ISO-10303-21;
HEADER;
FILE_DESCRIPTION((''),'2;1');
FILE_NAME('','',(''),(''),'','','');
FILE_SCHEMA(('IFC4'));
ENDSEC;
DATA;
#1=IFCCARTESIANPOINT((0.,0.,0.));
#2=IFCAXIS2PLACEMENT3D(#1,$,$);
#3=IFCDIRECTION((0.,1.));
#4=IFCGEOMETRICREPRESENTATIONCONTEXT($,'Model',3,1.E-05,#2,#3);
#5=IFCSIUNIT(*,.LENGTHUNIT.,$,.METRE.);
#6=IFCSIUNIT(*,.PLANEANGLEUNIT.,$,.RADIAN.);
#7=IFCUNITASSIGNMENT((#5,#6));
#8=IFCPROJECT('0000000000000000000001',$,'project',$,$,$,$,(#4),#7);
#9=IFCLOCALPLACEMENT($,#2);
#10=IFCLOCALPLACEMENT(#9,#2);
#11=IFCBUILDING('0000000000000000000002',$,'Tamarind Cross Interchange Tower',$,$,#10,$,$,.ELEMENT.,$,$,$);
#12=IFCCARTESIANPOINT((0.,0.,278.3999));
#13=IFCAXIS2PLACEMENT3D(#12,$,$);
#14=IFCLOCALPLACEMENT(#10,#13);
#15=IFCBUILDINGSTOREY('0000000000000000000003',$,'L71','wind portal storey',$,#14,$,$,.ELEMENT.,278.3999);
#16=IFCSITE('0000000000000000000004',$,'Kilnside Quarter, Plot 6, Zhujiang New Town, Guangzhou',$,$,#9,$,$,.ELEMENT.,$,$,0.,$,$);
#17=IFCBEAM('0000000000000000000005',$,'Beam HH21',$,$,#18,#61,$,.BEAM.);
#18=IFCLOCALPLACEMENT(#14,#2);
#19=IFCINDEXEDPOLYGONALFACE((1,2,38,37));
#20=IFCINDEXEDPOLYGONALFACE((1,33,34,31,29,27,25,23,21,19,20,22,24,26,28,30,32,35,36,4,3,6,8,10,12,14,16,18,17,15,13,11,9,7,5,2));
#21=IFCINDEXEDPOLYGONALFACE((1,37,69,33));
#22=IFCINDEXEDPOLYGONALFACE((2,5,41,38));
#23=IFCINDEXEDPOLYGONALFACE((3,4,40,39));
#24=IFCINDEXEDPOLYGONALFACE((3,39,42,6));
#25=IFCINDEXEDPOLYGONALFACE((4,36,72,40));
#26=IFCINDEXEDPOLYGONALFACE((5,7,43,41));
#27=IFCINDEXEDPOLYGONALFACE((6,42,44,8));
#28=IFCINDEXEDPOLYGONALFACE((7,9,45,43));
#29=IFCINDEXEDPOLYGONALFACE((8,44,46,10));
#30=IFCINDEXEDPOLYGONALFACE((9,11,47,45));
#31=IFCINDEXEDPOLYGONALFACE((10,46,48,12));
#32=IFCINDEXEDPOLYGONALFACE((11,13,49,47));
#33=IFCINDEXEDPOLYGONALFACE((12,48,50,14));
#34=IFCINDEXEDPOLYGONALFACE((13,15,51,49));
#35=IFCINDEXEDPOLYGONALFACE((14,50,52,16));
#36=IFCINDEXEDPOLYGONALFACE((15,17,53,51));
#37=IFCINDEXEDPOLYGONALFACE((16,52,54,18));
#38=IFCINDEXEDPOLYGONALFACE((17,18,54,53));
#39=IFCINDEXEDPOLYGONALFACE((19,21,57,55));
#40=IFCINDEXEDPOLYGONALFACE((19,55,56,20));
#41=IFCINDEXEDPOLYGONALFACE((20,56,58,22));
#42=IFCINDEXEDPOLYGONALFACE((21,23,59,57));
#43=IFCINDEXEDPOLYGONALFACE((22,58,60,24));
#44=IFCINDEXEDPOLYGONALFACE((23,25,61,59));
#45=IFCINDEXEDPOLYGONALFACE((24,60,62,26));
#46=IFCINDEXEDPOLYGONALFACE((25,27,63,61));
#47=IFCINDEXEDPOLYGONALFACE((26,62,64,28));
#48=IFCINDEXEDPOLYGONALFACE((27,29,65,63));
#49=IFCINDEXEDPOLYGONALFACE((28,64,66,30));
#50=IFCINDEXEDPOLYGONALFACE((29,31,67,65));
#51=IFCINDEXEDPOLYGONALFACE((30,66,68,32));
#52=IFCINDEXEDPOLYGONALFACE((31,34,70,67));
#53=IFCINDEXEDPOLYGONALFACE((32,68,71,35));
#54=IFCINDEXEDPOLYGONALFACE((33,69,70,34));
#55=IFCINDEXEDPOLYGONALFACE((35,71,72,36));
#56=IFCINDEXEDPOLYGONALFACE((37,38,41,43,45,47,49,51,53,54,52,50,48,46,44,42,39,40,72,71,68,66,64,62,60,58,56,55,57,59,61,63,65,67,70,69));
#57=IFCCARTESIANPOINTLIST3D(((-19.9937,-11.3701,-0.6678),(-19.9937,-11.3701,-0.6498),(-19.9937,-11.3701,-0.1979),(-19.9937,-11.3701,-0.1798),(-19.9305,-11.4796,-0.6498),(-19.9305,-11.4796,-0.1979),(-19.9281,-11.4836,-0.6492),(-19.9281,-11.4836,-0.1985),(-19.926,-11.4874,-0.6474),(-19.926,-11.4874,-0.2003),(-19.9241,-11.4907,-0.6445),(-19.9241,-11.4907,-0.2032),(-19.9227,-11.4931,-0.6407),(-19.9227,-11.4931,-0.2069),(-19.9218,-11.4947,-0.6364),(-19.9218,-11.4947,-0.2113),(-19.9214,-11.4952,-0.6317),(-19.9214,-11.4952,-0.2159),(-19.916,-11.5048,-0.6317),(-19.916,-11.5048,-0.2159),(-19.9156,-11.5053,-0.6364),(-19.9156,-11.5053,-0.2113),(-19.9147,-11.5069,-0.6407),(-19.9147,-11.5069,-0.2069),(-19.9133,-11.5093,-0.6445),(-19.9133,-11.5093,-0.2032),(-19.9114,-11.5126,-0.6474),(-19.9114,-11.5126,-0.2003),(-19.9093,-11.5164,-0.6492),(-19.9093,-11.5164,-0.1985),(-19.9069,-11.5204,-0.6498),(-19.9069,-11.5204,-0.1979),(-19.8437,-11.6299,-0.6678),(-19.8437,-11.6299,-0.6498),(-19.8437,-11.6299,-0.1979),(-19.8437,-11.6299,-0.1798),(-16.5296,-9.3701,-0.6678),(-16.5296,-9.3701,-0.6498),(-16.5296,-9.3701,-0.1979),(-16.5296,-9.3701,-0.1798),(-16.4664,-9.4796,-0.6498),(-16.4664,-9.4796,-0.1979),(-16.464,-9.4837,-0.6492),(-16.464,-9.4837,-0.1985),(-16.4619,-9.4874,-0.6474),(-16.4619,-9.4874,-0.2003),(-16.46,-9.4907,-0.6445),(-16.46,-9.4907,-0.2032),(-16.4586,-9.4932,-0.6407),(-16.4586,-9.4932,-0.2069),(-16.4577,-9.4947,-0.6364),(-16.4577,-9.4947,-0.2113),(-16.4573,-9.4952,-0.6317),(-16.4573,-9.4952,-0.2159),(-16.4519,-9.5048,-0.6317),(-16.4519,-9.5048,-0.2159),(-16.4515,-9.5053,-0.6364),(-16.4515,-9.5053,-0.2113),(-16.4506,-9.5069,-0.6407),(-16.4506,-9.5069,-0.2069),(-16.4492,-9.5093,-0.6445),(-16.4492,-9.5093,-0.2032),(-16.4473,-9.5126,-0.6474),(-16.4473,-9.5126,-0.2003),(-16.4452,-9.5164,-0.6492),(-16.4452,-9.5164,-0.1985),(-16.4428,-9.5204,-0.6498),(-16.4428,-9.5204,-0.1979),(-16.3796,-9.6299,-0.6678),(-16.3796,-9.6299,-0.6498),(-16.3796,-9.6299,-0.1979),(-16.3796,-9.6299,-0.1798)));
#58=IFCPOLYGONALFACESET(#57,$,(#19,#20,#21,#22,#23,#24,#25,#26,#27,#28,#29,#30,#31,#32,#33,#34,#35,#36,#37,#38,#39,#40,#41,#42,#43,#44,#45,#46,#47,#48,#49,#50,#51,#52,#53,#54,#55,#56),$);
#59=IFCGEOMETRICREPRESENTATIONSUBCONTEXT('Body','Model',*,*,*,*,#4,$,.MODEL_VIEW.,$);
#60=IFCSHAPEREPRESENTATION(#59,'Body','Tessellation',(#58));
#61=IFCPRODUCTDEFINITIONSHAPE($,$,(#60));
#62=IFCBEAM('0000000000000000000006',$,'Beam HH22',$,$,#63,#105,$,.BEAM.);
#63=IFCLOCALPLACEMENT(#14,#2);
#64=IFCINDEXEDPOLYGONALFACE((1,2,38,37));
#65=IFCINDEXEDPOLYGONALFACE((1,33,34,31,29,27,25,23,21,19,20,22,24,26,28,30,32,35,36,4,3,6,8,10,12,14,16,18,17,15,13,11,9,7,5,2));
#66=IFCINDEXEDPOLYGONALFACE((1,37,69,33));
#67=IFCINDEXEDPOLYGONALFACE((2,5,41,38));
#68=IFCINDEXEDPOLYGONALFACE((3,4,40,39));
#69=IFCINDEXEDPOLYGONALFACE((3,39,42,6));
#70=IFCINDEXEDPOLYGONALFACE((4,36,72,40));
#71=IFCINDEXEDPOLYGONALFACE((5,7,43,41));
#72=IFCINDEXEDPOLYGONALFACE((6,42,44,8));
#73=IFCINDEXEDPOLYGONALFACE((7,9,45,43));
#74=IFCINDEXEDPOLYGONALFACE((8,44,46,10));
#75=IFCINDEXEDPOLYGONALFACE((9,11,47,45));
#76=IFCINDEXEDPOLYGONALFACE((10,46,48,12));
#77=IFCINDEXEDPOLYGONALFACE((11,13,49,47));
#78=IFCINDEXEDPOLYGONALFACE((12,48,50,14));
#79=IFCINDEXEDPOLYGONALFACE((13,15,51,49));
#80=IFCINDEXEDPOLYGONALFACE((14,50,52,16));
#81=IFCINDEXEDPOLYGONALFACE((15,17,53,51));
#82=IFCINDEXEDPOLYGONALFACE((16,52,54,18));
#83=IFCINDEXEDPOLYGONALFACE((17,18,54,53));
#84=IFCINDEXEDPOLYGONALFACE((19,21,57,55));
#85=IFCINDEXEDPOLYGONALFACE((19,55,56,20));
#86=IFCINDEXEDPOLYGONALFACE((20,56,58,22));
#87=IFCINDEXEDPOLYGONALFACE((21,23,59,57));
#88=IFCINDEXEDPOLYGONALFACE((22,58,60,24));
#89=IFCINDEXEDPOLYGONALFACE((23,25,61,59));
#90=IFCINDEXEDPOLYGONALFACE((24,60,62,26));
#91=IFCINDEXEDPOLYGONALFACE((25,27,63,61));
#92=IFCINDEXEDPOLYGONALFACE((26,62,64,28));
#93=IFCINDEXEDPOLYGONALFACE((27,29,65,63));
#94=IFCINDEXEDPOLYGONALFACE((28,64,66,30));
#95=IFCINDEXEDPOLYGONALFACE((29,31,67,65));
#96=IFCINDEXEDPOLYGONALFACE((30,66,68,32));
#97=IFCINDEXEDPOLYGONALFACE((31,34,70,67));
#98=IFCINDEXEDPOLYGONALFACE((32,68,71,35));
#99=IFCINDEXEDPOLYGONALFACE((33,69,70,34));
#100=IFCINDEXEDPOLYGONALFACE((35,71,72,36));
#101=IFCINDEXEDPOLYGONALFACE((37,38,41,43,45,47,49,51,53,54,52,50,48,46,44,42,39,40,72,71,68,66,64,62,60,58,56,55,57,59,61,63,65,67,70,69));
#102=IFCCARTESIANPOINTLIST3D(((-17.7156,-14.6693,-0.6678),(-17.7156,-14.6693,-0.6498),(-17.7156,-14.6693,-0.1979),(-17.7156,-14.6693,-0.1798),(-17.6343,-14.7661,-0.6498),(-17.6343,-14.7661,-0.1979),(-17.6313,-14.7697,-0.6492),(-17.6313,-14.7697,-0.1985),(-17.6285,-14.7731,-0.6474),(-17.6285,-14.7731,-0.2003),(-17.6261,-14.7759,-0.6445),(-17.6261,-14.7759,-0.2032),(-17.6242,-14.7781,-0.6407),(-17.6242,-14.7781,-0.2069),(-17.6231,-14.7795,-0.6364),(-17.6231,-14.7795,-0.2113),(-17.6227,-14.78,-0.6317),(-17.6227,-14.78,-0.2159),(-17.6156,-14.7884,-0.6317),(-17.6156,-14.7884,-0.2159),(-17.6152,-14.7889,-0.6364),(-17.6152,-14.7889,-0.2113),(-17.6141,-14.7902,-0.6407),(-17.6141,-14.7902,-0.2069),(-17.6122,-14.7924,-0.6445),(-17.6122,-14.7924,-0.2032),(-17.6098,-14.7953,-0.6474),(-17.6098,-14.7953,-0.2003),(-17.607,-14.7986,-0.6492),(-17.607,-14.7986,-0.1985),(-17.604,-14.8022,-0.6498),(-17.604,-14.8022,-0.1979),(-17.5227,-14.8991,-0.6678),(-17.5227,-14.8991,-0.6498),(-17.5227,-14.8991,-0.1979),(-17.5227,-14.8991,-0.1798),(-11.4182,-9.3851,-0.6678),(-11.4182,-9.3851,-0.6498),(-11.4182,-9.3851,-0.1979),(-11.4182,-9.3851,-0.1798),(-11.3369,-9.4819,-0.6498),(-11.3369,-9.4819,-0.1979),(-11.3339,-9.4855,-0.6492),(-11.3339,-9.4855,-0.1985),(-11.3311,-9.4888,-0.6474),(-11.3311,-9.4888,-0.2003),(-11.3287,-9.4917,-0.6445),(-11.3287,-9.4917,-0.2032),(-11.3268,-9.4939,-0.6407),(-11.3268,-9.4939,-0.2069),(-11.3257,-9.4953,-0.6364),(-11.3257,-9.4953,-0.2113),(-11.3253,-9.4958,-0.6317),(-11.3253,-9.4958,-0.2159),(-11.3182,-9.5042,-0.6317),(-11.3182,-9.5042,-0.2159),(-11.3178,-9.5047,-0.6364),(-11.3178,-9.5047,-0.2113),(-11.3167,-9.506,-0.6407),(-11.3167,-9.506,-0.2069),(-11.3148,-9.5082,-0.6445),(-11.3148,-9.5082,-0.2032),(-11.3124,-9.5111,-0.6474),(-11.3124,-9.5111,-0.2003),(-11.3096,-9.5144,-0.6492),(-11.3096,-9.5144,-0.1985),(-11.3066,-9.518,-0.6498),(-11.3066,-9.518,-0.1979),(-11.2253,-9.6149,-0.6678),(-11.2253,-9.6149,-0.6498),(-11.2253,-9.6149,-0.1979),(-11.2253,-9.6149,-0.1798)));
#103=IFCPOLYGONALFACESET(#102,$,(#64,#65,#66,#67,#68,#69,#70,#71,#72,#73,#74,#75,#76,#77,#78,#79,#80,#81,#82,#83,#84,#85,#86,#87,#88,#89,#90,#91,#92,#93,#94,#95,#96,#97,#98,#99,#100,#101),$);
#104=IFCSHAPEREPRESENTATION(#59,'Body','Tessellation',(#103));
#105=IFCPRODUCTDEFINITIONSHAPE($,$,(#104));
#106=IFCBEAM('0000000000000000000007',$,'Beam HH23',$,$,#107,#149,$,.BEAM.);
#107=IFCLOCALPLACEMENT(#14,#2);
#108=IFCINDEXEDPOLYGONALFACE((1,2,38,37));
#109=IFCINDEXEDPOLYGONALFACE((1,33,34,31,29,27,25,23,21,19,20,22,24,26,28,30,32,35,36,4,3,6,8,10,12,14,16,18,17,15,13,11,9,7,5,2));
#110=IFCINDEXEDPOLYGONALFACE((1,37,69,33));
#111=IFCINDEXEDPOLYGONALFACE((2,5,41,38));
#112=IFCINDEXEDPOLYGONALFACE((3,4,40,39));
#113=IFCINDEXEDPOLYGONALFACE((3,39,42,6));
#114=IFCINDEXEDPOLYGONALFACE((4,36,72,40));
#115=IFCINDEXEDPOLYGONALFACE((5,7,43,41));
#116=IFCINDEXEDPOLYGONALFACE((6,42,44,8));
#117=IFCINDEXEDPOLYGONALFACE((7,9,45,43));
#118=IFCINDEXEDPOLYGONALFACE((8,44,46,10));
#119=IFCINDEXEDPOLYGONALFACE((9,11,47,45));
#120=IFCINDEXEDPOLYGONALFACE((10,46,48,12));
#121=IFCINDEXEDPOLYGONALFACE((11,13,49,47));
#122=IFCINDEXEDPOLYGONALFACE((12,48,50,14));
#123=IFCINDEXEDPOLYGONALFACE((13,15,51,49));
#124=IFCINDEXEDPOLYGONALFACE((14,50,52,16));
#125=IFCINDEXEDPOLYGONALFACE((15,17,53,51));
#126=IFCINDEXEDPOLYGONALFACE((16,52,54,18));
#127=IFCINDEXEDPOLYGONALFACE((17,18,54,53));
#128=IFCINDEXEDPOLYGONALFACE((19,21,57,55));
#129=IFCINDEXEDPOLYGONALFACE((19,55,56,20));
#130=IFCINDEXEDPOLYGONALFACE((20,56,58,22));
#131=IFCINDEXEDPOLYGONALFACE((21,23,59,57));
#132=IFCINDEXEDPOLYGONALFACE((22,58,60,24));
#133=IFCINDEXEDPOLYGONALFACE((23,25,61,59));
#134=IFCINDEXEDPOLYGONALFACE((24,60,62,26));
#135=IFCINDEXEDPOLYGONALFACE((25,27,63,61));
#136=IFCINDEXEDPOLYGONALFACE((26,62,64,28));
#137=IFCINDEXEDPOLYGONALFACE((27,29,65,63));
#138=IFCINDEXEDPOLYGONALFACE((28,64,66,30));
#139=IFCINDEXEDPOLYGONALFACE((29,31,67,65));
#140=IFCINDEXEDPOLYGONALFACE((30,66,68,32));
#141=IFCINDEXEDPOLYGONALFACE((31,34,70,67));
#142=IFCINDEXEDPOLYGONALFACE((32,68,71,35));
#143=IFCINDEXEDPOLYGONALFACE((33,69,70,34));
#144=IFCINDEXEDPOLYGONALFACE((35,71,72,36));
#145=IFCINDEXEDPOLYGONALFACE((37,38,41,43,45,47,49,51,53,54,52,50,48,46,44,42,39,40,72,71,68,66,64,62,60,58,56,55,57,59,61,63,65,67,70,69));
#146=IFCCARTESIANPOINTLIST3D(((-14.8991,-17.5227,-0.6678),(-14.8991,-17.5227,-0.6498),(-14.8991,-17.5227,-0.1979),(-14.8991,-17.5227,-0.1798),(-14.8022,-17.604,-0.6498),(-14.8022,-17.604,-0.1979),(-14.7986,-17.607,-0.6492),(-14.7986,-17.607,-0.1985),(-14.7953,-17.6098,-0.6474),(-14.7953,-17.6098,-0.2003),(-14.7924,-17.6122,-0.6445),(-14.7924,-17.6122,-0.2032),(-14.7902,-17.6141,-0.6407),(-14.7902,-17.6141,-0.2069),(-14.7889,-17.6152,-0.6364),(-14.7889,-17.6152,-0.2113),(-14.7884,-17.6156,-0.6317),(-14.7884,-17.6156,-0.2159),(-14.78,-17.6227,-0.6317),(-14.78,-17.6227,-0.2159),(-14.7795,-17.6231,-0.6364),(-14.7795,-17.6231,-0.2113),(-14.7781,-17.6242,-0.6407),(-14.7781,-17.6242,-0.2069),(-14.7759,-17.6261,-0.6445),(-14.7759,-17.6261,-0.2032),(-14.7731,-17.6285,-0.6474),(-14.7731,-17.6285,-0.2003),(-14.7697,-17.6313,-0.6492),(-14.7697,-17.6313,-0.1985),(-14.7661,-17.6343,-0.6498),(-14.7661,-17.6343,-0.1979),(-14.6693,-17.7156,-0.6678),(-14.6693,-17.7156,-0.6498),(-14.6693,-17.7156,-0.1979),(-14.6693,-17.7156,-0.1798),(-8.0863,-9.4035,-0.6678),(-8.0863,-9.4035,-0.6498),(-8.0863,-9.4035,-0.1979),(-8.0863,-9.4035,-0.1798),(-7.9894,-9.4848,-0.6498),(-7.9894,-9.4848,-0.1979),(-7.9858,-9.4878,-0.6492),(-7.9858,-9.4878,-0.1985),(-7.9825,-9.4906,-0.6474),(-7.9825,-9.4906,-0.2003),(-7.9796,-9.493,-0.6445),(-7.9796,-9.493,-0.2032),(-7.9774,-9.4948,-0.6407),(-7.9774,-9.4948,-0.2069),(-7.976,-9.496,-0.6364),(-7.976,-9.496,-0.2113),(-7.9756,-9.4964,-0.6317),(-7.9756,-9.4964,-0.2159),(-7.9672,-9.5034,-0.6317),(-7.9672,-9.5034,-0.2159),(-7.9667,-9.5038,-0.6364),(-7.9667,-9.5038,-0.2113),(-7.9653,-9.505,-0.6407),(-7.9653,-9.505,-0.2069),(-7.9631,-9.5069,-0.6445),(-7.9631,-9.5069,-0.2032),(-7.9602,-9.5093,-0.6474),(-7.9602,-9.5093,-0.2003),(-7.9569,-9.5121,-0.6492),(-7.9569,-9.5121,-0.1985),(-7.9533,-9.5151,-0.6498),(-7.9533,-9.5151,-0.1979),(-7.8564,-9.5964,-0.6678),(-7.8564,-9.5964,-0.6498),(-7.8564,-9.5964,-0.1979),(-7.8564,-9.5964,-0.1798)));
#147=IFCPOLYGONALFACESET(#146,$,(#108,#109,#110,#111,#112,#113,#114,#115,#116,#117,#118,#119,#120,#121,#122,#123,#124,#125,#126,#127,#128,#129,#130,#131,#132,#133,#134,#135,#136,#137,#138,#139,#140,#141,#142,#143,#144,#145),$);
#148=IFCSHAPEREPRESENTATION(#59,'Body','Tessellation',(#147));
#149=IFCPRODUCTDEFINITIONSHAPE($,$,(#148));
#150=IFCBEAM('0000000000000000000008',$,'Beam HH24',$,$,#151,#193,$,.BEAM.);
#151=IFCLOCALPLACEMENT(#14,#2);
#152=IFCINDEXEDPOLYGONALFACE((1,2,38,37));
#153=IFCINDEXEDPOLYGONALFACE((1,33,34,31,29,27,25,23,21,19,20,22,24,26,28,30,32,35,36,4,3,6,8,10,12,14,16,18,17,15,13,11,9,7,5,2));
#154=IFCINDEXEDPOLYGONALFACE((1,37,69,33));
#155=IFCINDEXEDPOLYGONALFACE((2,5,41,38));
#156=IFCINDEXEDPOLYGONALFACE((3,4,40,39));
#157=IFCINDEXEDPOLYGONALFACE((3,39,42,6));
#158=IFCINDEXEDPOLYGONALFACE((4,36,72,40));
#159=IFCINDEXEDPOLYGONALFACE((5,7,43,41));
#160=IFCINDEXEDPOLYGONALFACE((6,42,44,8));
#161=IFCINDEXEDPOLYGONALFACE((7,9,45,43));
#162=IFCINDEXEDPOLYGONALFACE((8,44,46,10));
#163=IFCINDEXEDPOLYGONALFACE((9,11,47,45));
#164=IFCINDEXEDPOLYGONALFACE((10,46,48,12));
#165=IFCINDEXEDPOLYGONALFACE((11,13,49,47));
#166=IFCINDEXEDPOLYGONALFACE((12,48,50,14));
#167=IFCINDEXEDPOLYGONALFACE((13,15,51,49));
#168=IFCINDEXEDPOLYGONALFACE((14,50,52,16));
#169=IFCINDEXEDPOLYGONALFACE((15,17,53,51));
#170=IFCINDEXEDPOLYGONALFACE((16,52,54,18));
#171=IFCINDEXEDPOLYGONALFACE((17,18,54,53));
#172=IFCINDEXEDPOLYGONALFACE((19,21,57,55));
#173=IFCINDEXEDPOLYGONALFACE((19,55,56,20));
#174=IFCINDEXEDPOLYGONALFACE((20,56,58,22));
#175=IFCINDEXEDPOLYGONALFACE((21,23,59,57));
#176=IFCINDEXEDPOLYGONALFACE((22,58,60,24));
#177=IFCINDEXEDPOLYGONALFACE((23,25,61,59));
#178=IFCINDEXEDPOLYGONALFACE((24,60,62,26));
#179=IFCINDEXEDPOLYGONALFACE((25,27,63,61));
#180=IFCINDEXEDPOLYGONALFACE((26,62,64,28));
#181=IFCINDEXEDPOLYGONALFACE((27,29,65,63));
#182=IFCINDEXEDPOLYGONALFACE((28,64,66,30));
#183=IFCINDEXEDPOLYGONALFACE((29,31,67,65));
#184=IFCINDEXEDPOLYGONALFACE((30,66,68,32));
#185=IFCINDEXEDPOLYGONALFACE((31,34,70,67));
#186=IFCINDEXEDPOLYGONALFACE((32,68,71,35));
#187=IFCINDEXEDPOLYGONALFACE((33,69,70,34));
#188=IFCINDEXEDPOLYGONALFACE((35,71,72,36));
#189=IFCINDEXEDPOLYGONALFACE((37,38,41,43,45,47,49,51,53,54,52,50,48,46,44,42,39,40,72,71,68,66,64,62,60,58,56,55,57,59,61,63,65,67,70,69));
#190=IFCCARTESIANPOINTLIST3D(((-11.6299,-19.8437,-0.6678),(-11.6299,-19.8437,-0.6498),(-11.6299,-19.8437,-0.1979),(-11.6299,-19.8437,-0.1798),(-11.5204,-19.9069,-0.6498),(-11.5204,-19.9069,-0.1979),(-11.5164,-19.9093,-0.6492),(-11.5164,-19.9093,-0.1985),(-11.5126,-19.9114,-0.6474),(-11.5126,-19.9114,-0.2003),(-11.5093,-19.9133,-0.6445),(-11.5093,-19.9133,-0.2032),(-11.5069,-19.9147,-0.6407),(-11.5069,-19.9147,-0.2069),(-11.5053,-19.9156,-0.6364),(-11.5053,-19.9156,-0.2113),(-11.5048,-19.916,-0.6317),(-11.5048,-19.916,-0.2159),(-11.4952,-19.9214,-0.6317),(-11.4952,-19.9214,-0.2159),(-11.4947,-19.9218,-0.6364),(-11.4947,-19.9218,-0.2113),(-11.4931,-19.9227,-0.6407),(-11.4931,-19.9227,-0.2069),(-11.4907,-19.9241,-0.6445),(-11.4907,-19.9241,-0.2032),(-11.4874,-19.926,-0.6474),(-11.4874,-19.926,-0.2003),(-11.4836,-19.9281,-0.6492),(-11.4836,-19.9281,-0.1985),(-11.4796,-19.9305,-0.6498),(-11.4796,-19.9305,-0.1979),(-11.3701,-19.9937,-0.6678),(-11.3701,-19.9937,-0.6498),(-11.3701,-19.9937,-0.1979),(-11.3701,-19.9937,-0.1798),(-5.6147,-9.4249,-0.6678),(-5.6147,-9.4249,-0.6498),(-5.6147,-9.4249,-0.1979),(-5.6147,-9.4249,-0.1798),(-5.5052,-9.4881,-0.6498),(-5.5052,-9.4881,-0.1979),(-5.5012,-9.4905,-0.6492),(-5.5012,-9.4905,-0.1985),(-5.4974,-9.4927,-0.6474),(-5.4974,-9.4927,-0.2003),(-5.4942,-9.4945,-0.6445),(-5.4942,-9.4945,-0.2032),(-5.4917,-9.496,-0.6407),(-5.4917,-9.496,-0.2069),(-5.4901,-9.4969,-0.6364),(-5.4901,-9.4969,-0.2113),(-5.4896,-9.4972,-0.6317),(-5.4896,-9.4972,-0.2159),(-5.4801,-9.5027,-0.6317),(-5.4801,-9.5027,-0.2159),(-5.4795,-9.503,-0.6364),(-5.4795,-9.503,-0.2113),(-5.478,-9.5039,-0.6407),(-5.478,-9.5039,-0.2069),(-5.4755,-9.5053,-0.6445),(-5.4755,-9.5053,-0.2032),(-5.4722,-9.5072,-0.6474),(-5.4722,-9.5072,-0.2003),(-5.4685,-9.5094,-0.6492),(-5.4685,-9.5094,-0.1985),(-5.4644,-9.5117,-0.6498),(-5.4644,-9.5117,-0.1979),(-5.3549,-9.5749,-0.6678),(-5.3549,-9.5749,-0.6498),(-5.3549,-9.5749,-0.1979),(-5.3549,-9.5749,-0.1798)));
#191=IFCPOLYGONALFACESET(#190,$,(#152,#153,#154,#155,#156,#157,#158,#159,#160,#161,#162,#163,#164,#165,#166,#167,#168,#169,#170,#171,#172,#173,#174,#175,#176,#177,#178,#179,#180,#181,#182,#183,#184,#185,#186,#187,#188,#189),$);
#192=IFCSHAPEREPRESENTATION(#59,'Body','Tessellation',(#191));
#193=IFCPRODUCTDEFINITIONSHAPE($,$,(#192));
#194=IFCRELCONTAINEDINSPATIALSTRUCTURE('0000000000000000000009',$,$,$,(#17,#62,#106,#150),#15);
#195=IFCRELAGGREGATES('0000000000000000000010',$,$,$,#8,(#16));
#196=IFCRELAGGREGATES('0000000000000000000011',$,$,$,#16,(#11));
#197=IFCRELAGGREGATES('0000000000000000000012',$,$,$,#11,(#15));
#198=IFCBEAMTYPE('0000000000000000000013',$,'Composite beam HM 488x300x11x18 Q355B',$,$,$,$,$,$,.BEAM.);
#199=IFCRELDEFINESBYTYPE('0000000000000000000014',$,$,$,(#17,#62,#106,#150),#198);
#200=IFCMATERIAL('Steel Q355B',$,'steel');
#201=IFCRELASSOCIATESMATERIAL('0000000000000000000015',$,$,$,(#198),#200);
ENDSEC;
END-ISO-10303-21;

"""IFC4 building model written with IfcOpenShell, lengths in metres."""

from ifc_helpers import new_model, si_unit, direction, frame, origin, origin_2d, place, context, subcontext, project, spatial, i_section, extrude, material, material_profile, profile_set, type_object, element, save


model = new_model("IFC4")

# Units and contexts
model_context = context("Model", 3, precision=1e-05, world=origin(), true_north=direction((0.0, 1.0)))
body_context = subcontext(model_context, "Body", "Model", "MODEL_VIEW")
ifc_project = project(units=[si_unit("LENGTHUNIT", "METRE"), si_unit("PLANEANGLEUNIT", "RADIAN")], contexts=[model_context])

# Site, building, storey
site_placement = place(None, origin())
site = spatial("IfcSite", under=ifc_project, at=site_placement, Name="Kilnside Quarter, Plot 6, Zhujiang New Town, Guangzhou", CompositionType="ELEMENT", RefElevation=0.0)
building_placement = place(site_placement, origin())
building = spatial("IfcBuilding", under=site, at=building_placement, Name="Tamarind Cross Interchange Tower", CompositionType="ELEMENT")
storey_placement = place(building_placement, frame((0.0, 0.0, 278.3999)))
storey = spatial("IfcBuildingStorey", under=building, at=storey_placement, Name="L71", Description="wind portal storey", CompositionType="ELEMENT", Elevation=278.3999)

# Beams
ifc_material_1 = material(Name="Steel Q355B", Category="steel")
ifc_material_profile_1 = material_profile(ifc_material_1, i_section(OverallWidth=0.3, OverallDepth=0.488, WebThickness=0.011, FlangeThickness=0.0181, FilletRadius=0.0181, at=origin_2d()), Name="HM 488x300x11x18")
ifc_profile_set_1 = profile_set([ifc_material_profile_1], Name="Steel Q355B")
beam_type = type_object("IfcBeamType", Name="Composite beam HM 488x300x11x18 Q355B", PredefinedType="BEAM", material=ifc_profile_set_1)
beam_1_placement = place(storey_placement, frame((-19.9187, -11.5, -0.4238), z_axis=(0.866026, 0.499999, 0.0), x_axis=(-0.499999, 0.866026, 0.0)))
element("IfcBeam", 1, at=beam_1_placement, inside=storey, type_object=beam_type, Name="Beam HH21", PredefinedType="BEAM", context=body_context, shape_type="SweptSolid", body=[
    extrude(i_section(OverallWidth=0.3, OverallDepth=0.488, WebThickness=0.011, FlangeThickness=0.0181, FilletRadius=0.0181, at=origin_2d()), origin(), (0.0, 0.0, 1.0), 4.0),
])
beam_2_placement = place(storey_placement, frame((-17.6191, -14.7842, -0.4238), z_axis=(0.766041, 0.642792, 0.0), x_axis=(-0.642792, 0.766041, 0.0)))
element("IfcBeam", 2, at=beam_2_placement, inside=storey, type_object=beam_type, Name="Beam HH22", PredefinedType="BEAM", context=body_context, shape_type="SweptSolid", body=[
    extrude(i_section(OverallWidth=0.3, OverallDepth=0.488, WebThickness=0.011, FlangeThickness=0.0181, FilletRadius=0.0181, at=origin_2d()), origin(), (0.0, 0.0, 1.0), 8.2207),
])
beam_3_placement = place(storey_placement, frame((-14.7842, -17.6191, -0.4238), z_axis=(0.642786, 0.766046, 0.0), x_axis=(-0.766046, 0.642786, 0.0)))
element("IfcBeam", 3, at=beam_3_placement, inside=storey, type_object=beam_type, Name="Beam HH23", PredefinedType="BEAM", context=body_context, shape_type="SweptSolid", body=[
    extrude(i_section(OverallWidth=0.3, OverallDepth=0.488, WebThickness=0.011, FlangeThickness=0.0181, FilletRadius=0.0181, at=origin_2d()), origin(), (0.0, 0.0, 1.0), 10.5989),
])
beam_4_placement = place(storey_placement, frame((-11.5, -19.9187, -0.4238), z_axis=(0.499994, 0.866029, 0.0), x_axis=(-0.866029, 0.499994, 0.0)))
element("IfcBeam", 4, at=beam_4_placement, inside=storey, type_object=beam_type, Name="Beam HH24", PredefinedType="BEAM", context=body_context, shape_type="SweptSolid", body=[
    extrude(i_section(OverallWidth=0.3, OverallDepth=0.488, WebThickness=0.011, FlangeThickness=0.0181, FilletRadius=0.0181, at=origin_2d()), origin(), (0.0, 0.0, 1.0), 12.0305),
])

save(model, "model.ifc")
